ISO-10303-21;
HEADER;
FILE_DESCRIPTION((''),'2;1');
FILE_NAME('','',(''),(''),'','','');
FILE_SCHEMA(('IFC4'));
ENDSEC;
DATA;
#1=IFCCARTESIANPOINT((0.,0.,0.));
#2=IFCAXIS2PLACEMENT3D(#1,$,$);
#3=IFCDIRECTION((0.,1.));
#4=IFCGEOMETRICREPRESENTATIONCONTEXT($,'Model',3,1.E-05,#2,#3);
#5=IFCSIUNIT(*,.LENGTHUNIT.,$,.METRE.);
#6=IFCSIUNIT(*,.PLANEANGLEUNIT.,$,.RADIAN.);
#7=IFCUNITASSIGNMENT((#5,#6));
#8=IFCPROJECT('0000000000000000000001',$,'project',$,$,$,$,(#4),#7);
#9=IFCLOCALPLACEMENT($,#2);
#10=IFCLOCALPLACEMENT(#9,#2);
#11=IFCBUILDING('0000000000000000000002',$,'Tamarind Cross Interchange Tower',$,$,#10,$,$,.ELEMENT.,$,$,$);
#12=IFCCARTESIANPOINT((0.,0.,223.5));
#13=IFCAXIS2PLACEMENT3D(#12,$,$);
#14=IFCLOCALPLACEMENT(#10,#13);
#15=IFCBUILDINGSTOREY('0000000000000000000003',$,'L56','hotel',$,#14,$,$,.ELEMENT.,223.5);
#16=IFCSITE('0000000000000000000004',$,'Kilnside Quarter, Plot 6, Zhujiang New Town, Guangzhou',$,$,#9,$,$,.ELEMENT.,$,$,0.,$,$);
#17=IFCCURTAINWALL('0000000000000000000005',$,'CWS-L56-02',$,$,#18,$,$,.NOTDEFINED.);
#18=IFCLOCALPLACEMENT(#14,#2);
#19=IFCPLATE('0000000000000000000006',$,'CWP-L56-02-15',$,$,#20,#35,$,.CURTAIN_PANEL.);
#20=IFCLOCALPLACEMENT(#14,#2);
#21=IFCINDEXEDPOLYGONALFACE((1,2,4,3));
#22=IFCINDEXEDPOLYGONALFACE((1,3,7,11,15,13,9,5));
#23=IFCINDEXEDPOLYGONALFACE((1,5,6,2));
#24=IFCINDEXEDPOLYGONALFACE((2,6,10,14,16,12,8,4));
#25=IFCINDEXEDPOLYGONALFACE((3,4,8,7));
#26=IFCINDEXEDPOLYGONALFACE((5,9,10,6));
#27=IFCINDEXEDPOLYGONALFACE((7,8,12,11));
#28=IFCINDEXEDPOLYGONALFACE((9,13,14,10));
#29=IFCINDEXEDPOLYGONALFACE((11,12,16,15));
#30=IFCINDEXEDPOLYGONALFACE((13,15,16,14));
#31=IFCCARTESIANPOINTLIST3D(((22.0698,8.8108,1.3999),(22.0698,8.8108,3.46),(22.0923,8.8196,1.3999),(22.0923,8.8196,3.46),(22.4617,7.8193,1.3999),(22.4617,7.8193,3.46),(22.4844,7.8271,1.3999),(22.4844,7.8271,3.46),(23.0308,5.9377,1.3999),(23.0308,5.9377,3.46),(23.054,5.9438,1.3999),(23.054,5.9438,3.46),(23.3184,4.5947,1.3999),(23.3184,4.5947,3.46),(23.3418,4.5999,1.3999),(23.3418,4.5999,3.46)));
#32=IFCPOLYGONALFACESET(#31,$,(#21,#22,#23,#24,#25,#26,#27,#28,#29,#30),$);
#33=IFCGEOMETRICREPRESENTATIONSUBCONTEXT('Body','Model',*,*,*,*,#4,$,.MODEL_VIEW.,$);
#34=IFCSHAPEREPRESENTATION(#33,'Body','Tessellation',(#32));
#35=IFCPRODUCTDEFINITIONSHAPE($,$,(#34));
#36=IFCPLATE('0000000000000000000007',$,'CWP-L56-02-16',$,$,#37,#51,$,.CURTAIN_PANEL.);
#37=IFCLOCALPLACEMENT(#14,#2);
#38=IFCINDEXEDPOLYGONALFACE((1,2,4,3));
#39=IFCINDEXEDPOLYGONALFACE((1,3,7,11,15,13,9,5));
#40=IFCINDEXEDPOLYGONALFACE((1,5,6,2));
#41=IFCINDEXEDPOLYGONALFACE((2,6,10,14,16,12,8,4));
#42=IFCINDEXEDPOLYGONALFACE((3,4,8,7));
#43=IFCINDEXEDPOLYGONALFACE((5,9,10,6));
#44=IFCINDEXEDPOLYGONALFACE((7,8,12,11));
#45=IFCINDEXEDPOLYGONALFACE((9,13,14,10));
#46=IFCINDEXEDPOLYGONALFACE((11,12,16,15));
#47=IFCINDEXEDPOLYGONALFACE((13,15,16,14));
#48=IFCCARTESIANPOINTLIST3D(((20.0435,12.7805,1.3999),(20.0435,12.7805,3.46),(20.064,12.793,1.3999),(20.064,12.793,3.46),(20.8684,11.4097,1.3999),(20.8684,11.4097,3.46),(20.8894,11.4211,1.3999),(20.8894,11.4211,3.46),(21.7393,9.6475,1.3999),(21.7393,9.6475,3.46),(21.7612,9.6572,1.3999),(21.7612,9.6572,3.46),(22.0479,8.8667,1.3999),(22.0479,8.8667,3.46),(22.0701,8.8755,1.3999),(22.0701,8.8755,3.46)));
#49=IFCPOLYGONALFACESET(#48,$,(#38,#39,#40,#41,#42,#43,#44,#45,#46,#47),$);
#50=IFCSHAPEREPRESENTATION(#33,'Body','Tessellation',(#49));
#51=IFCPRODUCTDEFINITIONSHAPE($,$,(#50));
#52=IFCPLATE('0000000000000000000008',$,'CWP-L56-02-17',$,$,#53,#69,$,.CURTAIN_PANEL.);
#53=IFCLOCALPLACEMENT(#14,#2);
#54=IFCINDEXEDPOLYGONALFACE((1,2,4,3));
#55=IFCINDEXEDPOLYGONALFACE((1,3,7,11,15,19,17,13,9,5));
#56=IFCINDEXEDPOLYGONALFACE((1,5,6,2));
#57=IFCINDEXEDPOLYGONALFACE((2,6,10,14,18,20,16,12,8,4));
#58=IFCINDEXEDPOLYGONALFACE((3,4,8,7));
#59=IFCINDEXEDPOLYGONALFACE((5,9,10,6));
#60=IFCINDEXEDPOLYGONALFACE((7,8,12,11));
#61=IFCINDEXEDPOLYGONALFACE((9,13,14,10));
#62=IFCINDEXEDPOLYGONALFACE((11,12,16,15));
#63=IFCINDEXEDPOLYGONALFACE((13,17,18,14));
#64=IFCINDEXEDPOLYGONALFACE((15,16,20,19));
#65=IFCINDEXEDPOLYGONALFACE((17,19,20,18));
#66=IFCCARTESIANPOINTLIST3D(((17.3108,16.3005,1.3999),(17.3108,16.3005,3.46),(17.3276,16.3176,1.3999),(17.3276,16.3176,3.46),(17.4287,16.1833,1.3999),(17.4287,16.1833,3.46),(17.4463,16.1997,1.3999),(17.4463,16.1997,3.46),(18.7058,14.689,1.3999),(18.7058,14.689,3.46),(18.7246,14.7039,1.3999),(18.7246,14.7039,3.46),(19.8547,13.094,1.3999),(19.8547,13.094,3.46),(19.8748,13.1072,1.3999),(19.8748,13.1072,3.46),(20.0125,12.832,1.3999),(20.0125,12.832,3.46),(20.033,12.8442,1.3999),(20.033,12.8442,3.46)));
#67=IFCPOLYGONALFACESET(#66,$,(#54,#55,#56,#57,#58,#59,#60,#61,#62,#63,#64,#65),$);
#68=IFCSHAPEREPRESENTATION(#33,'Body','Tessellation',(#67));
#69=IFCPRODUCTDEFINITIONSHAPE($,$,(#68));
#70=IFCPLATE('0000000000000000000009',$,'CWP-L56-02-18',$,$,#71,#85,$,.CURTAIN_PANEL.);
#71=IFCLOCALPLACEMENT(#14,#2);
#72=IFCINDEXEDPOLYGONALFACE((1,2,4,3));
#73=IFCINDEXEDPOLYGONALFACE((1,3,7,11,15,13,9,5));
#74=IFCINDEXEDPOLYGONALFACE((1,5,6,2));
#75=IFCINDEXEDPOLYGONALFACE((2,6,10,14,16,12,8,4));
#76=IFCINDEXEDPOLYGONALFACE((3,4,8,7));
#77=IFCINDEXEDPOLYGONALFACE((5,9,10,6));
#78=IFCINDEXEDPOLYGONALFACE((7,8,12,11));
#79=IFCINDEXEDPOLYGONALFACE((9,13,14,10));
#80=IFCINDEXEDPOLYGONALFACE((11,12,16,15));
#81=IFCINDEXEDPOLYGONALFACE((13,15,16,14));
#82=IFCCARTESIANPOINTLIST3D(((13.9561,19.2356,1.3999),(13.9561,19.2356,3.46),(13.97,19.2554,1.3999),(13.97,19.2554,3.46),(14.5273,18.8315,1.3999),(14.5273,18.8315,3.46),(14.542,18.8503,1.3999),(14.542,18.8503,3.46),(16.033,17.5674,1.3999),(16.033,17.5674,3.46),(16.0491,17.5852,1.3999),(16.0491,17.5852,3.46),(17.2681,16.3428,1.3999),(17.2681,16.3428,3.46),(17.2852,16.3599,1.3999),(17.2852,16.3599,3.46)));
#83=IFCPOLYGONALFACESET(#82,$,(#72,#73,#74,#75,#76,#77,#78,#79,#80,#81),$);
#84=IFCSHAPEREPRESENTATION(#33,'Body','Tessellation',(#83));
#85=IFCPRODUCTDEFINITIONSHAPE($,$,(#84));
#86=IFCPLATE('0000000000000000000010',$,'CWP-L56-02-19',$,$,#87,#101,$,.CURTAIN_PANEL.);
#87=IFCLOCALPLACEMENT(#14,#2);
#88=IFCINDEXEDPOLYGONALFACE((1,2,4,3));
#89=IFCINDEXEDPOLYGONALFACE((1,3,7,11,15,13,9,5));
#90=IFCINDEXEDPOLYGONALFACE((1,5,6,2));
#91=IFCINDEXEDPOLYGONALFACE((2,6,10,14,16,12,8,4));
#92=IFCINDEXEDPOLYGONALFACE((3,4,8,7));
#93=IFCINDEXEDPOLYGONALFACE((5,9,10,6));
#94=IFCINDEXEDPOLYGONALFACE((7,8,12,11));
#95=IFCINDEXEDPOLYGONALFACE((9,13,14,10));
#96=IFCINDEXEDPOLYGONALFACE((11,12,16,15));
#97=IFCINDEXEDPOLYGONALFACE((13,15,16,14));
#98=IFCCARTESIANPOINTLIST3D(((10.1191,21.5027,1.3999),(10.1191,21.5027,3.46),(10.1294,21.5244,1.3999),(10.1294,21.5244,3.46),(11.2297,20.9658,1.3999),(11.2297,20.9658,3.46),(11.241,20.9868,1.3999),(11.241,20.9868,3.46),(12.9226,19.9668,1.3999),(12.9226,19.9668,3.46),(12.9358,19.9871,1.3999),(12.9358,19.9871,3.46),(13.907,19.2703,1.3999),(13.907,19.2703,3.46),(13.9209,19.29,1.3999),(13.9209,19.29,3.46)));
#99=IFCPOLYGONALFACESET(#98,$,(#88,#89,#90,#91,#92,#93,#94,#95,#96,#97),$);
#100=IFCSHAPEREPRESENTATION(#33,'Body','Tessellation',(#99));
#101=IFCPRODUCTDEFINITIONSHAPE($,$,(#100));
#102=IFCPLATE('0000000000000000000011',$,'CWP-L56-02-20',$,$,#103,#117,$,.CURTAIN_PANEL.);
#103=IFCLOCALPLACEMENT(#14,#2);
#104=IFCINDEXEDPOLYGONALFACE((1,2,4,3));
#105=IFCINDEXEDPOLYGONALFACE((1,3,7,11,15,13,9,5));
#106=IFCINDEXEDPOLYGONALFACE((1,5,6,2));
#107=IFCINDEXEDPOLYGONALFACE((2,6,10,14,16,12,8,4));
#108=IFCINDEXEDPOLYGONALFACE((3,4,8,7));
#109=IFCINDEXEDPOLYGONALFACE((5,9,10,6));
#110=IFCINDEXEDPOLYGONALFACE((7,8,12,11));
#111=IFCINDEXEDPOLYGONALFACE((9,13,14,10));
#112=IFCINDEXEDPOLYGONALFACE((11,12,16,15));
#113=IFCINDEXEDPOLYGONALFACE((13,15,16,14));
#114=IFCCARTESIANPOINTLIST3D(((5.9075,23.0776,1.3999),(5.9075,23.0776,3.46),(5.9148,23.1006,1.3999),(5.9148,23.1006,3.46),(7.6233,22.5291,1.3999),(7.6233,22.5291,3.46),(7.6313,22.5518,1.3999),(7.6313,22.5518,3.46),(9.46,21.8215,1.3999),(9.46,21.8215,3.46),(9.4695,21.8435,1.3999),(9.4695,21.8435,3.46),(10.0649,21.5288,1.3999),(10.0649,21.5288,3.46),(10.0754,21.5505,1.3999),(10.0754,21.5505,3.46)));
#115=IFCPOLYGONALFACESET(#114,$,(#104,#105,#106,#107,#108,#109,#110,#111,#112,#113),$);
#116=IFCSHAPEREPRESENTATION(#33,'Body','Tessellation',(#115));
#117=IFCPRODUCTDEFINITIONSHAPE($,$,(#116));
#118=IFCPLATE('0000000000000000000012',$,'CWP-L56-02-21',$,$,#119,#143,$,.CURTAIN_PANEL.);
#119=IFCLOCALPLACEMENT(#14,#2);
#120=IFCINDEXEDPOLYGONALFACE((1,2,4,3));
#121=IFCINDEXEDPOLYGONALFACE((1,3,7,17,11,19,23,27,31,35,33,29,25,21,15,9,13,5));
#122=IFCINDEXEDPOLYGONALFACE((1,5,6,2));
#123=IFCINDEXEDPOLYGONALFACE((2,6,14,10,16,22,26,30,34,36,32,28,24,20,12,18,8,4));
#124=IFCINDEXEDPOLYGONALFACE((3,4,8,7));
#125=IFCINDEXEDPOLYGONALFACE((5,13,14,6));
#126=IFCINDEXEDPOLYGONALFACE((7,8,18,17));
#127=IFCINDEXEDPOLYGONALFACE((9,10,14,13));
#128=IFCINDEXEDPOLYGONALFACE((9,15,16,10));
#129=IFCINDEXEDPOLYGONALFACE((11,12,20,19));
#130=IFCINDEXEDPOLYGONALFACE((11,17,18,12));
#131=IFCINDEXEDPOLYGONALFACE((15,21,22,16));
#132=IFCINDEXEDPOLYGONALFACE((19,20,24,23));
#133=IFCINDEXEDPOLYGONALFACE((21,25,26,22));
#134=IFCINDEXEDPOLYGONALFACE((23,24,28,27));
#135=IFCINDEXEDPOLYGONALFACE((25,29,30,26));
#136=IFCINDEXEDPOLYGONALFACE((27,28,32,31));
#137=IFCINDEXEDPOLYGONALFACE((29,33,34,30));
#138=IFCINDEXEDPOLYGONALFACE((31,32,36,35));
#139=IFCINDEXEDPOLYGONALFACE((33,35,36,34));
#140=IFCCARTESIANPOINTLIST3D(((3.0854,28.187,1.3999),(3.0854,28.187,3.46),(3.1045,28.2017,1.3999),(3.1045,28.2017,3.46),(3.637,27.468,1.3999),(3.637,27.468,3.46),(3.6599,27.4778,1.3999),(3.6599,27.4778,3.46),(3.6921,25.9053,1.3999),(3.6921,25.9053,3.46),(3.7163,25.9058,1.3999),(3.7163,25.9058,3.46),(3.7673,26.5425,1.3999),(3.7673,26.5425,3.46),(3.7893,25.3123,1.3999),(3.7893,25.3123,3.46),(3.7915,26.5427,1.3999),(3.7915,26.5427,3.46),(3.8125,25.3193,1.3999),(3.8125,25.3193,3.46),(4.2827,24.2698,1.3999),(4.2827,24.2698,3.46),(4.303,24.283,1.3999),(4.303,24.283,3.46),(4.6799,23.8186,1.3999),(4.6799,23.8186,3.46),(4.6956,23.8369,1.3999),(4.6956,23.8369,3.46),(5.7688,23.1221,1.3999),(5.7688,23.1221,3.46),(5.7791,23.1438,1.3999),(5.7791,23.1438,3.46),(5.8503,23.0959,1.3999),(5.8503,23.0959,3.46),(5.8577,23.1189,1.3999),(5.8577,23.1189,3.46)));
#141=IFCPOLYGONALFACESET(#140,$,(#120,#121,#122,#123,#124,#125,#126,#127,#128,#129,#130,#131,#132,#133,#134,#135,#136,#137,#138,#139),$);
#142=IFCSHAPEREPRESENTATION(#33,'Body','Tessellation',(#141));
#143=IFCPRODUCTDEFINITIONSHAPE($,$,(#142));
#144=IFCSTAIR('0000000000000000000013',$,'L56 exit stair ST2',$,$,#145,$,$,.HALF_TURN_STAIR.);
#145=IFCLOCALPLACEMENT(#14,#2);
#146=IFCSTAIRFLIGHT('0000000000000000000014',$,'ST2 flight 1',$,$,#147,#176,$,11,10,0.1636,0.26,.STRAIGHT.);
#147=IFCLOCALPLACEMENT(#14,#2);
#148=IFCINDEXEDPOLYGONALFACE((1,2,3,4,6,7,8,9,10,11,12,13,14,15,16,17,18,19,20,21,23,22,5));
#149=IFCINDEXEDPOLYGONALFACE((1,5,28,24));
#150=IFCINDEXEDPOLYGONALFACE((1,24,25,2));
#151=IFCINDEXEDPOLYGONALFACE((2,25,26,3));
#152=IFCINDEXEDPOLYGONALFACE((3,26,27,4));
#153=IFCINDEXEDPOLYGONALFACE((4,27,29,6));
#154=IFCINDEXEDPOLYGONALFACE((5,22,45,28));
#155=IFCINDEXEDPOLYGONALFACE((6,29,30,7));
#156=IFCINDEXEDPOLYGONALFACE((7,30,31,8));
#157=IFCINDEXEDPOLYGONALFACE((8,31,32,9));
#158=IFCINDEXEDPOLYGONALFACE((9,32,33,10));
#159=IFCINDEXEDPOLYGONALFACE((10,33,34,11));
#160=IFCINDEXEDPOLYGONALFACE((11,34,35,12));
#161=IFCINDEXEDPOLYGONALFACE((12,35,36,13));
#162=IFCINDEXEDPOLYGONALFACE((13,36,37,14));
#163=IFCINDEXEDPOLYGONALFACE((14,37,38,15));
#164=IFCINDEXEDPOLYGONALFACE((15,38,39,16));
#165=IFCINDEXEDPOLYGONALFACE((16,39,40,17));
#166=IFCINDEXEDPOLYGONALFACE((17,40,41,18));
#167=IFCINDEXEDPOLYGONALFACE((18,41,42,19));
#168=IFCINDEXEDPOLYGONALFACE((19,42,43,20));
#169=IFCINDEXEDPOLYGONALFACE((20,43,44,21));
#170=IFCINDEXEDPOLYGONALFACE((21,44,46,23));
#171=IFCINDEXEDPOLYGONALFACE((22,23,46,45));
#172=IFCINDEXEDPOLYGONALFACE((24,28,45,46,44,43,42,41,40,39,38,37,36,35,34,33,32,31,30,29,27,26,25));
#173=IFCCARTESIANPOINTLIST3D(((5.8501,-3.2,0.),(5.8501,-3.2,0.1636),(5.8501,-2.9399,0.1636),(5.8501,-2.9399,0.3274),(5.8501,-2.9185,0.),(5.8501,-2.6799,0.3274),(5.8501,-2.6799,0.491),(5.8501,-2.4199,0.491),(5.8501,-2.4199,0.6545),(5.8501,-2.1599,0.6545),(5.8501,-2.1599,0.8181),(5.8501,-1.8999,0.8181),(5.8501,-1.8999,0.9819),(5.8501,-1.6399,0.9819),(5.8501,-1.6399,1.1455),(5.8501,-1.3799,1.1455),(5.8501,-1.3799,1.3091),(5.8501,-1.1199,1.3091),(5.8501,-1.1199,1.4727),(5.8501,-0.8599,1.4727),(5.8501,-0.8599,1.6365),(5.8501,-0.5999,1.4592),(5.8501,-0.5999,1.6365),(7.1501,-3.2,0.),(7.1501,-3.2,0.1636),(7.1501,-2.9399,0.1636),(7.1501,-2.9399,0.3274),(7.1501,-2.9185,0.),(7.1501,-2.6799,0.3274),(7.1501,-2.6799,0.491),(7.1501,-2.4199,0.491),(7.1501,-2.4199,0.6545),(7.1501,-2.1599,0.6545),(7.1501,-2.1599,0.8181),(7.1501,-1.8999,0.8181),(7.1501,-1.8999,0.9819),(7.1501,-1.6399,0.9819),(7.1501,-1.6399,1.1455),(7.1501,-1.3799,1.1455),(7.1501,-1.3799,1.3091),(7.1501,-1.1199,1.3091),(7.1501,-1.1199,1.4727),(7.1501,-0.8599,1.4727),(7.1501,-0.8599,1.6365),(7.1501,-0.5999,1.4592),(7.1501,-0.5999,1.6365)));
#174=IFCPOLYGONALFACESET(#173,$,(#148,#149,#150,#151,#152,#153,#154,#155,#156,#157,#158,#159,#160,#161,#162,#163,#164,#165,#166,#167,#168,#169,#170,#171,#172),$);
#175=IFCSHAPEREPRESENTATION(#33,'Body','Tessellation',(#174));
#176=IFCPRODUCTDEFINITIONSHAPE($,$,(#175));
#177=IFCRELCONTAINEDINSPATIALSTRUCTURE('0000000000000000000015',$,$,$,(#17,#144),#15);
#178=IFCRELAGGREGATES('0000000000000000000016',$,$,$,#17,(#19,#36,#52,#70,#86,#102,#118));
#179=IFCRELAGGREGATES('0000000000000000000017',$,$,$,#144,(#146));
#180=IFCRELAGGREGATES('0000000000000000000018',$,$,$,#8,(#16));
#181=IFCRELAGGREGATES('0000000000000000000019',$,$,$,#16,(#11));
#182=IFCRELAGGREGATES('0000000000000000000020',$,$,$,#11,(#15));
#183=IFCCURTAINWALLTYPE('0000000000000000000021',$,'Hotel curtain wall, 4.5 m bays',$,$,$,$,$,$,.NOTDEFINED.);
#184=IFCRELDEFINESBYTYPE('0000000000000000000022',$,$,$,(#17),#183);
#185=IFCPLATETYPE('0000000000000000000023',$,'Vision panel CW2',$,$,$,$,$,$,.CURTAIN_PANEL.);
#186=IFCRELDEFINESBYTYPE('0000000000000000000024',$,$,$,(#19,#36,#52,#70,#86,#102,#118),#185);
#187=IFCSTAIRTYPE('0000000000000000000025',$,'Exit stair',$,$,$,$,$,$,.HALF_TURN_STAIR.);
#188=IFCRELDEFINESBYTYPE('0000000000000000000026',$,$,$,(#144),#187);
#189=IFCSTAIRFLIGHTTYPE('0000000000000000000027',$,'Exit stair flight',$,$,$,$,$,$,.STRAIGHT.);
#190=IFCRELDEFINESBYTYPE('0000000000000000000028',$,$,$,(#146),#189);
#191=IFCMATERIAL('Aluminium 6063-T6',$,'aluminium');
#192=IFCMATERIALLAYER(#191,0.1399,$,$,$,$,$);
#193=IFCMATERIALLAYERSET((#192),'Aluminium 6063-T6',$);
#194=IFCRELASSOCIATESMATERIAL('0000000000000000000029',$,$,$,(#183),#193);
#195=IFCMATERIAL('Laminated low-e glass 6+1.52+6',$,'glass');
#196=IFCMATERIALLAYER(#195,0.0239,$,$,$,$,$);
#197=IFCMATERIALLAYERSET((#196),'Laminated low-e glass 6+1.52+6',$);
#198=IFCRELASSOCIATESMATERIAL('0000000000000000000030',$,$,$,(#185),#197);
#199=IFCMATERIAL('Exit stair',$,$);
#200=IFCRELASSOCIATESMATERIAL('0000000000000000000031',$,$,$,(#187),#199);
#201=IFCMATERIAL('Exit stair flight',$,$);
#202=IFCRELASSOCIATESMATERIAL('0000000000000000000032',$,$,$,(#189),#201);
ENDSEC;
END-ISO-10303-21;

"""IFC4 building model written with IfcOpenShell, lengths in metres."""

from ifc_helpers import new_model, si_unit, direction, frame, origin, place, context, subcontext, project, spatial, polyline, outline, extrude, material, layer, layer_set, type_object, element, aggregate, save


model = new_model("IFC4")

# Units and contexts
model_context = context("Model", 3, precision=1e-05, world=origin(), true_north=direction((0.0, 1.0)))
body_context = subcontext(model_context, "Body", "Model", "MODEL_VIEW")
ifc_project = project(units=[si_unit("LENGTHUNIT", "METRE"), si_unit("PLANEANGLEUNIT", "RADIAN")], contexts=[model_context])

# Site, building, storey
site_placement = place(None, origin())
site = spatial("IfcSite", under=ifc_project, at=site_placement, Name="Kilnside Quarter, Plot 6, Zhujiang New Town, Guangzhou", CompositionType="ELEMENT", RefElevation=0.0)
building_placement = place(site_placement, origin())
building = spatial("IfcBuilding", under=site, at=building_placement, Name="Tamarind Cross Interchange Tower", CompositionType="ELEMENT")
storey_placement = place(building_placement, frame((0.0, 0.0, 223.5)))
storey = spatial("IfcBuildingStorey", under=building, at=storey_placement, Name="L56", Description="hotel", CompositionType="ELEMENT", Elevation=223.5)

# Curtain wall, plates
ifc_material_1 = material(Name="Aluminium 6063-T6", Category="aluminium")
ifc_layer_1 = layer(ifc_material_1, 0.1399)
ifc_layer_set_1 = layer_set([ifc_layer_1], Name="Aluminium 6063-T6")
curtain_wall_type = type_object("IfcCurtainWallType", Name="Hotel curtain wall, 4.5 m bays", PredefinedType="NOTDEFINED", material=ifc_layer_set_1)
curtain_wall_placement = place(storey_placement, origin())
curtain_wall = element("IfcCurtainWall", 1, at=curtain_wall_placement, inside=storey, type_object=curtain_wall_type, Name="CWS-L56-02", PredefinedType="NOTDEFINED")
ifc_material_2 = material(Name="Laminated low-e glass 6+1.52+6", Category="glass")
ifc_layer_2 = layer(ifc_material_2, 0.0239)
ifc_layer_set_2 = layer_set([ifc_layer_2], Name="Laminated low-e glass 6+1.52+6")
plate_type = type_object("IfcPlateType", Name="Vision panel CW2", PredefinedType="CURTAIN_PANEL", material=ifc_layer_set_2)
plate_1_placement = place(storey_placement, frame((0.0, 0.0, 1.3999)))
plate_1 = element("IfcPlate", 2, at=plate_1_placement, type_object=plate_type, Name="CWP-L56-02-15", PredefinedType="CURTAIN_PANEL", context=body_context, shape_type="SweptSolid", body=[
    extrude(outline(polyline([(23.3184, 4.5947), (23.0308, 5.9377), (22.4617, 7.8193), (22.0698, 8.8108), (22.0923, 8.8196), (22.4844, 7.8271), (23.054, 5.9438), (23.3418, 4.5999), (23.3184, 4.5947)])), origin(), (0.0, 0.0, 1.0), 2.0601),
])
plate_2_placement = place(storey_placement, frame((0.0, 0.0, 1.3999)))
plate_2 = element("IfcPlate", 3, at=plate_2_placement, type_object=plate_type, Name="CWP-L56-02-16", PredefinedType="CURTAIN_PANEL", context=body_context, shape_type="SweptSolid", body=[
    extrude(outline(polyline([(22.0479, 8.8667), (21.7393, 9.6475), (20.8684, 11.4097), (20.0435, 12.7805), (20.064, 12.793), (20.8894, 11.4211), (21.7612, 9.6572), (22.0701, 8.8755), (22.0479, 8.8667)])), origin(), (0.0, 0.0, 1.0), 2.0601),
])
plate_3_placement = place(storey_placement, frame((0.0, 0.0, 1.3999)))
plate_3 = element("IfcPlate", 4, at=plate_3_placement, type_object=plate_type, Name="CWP-L56-02-17", PredefinedType="CURTAIN_PANEL", context=body_context, shape_type="SweptSolid", body=[
    extrude(outline(polyline([(20.0125, 12.832), (19.8547, 13.094), (18.7058, 14.689), (17.4287, 16.1833), (17.3108, 16.3005), (17.3276, 16.3176), (17.4463, 16.1997), (18.7246, 14.7039), (19.8748, 13.1072), (20.033, 12.8442), (20.0125, 12.832)])), origin(), (0.0, 0.0, 1.0), 2.0601),
])
plate_4_placement = place(storey_placement, frame((0.0, 0.0, 1.3999)))
plate_4 = element("IfcPlate", 5, at=plate_4_placement, type_object=plate_type, Name="CWP-L56-02-18", PredefinedType="CURTAIN_PANEL", context=body_context, shape_type="SweptSolid", body=[
    extrude(outline(polyline([(17.2681, 16.3428), (16.033, 17.5674), (14.5273, 18.8315), (13.9561, 19.2356), (13.97, 19.2554), (14.542, 18.8503), (16.0491, 17.5852), (17.2852, 16.3599), (17.2681, 16.3428)])), origin(), (0.0, 0.0, 1.0), 2.0601),
])
plate_5_placement = place(storey_placement, frame((0.0, 0.0, 1.3999)))
plate_5 = element("IfcPlate", 6, at=plate_5_placement, type_object=plate_type, Name="CWP-L56-02-19", PredefinedType="CURTAIN_PANEL", context=body_context, shape_type="SweptSolid", body=[
    extrude(outline(polyline([(13.907, 19.2703), (12.9226, 19.9668), (11.2297, 20.9658), (10.1191, 21.5027), (10.1294, 21.5244), (11.241, 20.9868), (12.9358, 19.9871), (13.9209, 19.29), (13.907, 19.2703)])), origin(), (0.0, 0.0, 1.0), 2.0601),
])
plate_6_placement = place(storey_placement, frame((0.0, 0.0, 1.3999)))
plate_6 = element("IfcPlate", 7, at=plate_6_placement, type_object=plate_type, Name="CWP-L56-02-20", PredefinedType="CURTAIN_PANEL", context=body_context, shape_type="SweptSolid", body=[
    extrude(outline(polyline([(10.0649, 21.5288), (9.46, 21.8215), (7.6233, 22.5291), (5.9075, 23.0776), (5.9148, 23.1006), (7.6313, 22.5518), (9.4695, 21.8435), (10.0754, 21.5505), (10.0649, 21.5288)])), origin(), (0.0, 0.0, 1.0), 2.0601),
])
plate_7_placement = place(storey_placement, frame((0.0, 0.0, 1.3999)))
plate_7 = element("IfcPlate", 8, at=plate_7_placement, type_object=plate_type, Name="CWP-L56-02-21", PredefinedType="CURTAIN_PANEL", context=body_context, shape_type="SweptSolid", body=[
    extrude(outline(polyline([(5.8503, 23.0959), (5.7688, 23.1221), (4.6799, 23.8186), (4.2827, 24.2698), (3.7893, 25.3123), (3.6921, 25.9053), (3.7673, 26.5425), (3.637, 27.468), (3.0854, 28.187), (3.1045, 28.2017), (3.6599, 27.4778), (3.7915, 26.5427), (3.7163, 25.9058), (3.8125, 25.3193), (4.303, 24.283), (4.6956, 23.8369), (5.7791, 23.1438), (5.8577, 23.1189), (5.8503, 23.0959)])), origin(), (0.0, 0.0, 1.0), 2.0601),
])
aggregate(curtain_wall, [plate_1, plate_2, plate_3, plate_4, plate_5, plate_6, plate_7])

# Stair, stair flight
ifc_material_3 = material(Name="Exit stair")
stair_type = type_object("IfcStairType", Name="Exit stair", PredefinedType="HALF_TURN_STAIR", material=ifc_material_3)
stair_placement = place(storey_placement, origin())
stair = element("IfcStair", 9, at=stair_placement, inside=storey, type_object=stair_type, Name="L56 exit stair ST2", PredefinedType="HALF_TURN_STAIR")
ifc_material_4 = material(Name="Exit stair flight")
stair_flight_type = type_object("IfcStairFlightType", Name="Exit stair flight", PredefinedType="STRAIGHT", material=ifc_material_4)
stair_flight_1_placement = place(storey_placement, frame((6.5, -3.2, 0.0), z_axis=(0.0, 0.0, 1.0), x_axis=(0.0, 1.0, 0.0)))
stair_flight_1 = element("IfcStairFlight", 10, at=stair_flight_1_placement, type_object=stair_flight_type, Name="ST2 flight 1", NumberOfRisers=11, NumberOfTreads=10, PredefinedType="STRAIGHT", RiserHeight=0.1636, TreadLength=0.26, context=body_context, shape_type="SweptSolid", body=[
    extrude(outline(polyline([(0.0, 0.0), (0.0, 0.1636), (0.26, 0.1636), (0.26, 0.3274), (0.52, 0.3274), (0.52, 0.491), (0.78, 0.491), (0.78, 0.6545), (1.04, 0.6545), (1.04, 0.8181), (1.3, 0.8181), (1.3, 0.9819), (1.5601, 0.9819), (1.5601, 1.1455), (1.8201, 1.1455), (1.8201, 1.3091), (2.0801, 1.3091), (2.0801, 1.4727), (2.3401, 1.4727), (2.3401, 1.6365), (2.6001, 1.6365), (2.6001, 1.8), (2.6001, 1.4592), (0.2815, 0.0), (0.0, 0.0)])), frame((0.0, 0.6499, 0.0), z_axis=(0.0, -1.0, 0.0), x_axis=(1.0, 0.0, 0.0)), (0.0, 0.0, 1.0), 1.3),
])
aggregate(stair, [stair_flight_1])

save(model, "model.ifc")
